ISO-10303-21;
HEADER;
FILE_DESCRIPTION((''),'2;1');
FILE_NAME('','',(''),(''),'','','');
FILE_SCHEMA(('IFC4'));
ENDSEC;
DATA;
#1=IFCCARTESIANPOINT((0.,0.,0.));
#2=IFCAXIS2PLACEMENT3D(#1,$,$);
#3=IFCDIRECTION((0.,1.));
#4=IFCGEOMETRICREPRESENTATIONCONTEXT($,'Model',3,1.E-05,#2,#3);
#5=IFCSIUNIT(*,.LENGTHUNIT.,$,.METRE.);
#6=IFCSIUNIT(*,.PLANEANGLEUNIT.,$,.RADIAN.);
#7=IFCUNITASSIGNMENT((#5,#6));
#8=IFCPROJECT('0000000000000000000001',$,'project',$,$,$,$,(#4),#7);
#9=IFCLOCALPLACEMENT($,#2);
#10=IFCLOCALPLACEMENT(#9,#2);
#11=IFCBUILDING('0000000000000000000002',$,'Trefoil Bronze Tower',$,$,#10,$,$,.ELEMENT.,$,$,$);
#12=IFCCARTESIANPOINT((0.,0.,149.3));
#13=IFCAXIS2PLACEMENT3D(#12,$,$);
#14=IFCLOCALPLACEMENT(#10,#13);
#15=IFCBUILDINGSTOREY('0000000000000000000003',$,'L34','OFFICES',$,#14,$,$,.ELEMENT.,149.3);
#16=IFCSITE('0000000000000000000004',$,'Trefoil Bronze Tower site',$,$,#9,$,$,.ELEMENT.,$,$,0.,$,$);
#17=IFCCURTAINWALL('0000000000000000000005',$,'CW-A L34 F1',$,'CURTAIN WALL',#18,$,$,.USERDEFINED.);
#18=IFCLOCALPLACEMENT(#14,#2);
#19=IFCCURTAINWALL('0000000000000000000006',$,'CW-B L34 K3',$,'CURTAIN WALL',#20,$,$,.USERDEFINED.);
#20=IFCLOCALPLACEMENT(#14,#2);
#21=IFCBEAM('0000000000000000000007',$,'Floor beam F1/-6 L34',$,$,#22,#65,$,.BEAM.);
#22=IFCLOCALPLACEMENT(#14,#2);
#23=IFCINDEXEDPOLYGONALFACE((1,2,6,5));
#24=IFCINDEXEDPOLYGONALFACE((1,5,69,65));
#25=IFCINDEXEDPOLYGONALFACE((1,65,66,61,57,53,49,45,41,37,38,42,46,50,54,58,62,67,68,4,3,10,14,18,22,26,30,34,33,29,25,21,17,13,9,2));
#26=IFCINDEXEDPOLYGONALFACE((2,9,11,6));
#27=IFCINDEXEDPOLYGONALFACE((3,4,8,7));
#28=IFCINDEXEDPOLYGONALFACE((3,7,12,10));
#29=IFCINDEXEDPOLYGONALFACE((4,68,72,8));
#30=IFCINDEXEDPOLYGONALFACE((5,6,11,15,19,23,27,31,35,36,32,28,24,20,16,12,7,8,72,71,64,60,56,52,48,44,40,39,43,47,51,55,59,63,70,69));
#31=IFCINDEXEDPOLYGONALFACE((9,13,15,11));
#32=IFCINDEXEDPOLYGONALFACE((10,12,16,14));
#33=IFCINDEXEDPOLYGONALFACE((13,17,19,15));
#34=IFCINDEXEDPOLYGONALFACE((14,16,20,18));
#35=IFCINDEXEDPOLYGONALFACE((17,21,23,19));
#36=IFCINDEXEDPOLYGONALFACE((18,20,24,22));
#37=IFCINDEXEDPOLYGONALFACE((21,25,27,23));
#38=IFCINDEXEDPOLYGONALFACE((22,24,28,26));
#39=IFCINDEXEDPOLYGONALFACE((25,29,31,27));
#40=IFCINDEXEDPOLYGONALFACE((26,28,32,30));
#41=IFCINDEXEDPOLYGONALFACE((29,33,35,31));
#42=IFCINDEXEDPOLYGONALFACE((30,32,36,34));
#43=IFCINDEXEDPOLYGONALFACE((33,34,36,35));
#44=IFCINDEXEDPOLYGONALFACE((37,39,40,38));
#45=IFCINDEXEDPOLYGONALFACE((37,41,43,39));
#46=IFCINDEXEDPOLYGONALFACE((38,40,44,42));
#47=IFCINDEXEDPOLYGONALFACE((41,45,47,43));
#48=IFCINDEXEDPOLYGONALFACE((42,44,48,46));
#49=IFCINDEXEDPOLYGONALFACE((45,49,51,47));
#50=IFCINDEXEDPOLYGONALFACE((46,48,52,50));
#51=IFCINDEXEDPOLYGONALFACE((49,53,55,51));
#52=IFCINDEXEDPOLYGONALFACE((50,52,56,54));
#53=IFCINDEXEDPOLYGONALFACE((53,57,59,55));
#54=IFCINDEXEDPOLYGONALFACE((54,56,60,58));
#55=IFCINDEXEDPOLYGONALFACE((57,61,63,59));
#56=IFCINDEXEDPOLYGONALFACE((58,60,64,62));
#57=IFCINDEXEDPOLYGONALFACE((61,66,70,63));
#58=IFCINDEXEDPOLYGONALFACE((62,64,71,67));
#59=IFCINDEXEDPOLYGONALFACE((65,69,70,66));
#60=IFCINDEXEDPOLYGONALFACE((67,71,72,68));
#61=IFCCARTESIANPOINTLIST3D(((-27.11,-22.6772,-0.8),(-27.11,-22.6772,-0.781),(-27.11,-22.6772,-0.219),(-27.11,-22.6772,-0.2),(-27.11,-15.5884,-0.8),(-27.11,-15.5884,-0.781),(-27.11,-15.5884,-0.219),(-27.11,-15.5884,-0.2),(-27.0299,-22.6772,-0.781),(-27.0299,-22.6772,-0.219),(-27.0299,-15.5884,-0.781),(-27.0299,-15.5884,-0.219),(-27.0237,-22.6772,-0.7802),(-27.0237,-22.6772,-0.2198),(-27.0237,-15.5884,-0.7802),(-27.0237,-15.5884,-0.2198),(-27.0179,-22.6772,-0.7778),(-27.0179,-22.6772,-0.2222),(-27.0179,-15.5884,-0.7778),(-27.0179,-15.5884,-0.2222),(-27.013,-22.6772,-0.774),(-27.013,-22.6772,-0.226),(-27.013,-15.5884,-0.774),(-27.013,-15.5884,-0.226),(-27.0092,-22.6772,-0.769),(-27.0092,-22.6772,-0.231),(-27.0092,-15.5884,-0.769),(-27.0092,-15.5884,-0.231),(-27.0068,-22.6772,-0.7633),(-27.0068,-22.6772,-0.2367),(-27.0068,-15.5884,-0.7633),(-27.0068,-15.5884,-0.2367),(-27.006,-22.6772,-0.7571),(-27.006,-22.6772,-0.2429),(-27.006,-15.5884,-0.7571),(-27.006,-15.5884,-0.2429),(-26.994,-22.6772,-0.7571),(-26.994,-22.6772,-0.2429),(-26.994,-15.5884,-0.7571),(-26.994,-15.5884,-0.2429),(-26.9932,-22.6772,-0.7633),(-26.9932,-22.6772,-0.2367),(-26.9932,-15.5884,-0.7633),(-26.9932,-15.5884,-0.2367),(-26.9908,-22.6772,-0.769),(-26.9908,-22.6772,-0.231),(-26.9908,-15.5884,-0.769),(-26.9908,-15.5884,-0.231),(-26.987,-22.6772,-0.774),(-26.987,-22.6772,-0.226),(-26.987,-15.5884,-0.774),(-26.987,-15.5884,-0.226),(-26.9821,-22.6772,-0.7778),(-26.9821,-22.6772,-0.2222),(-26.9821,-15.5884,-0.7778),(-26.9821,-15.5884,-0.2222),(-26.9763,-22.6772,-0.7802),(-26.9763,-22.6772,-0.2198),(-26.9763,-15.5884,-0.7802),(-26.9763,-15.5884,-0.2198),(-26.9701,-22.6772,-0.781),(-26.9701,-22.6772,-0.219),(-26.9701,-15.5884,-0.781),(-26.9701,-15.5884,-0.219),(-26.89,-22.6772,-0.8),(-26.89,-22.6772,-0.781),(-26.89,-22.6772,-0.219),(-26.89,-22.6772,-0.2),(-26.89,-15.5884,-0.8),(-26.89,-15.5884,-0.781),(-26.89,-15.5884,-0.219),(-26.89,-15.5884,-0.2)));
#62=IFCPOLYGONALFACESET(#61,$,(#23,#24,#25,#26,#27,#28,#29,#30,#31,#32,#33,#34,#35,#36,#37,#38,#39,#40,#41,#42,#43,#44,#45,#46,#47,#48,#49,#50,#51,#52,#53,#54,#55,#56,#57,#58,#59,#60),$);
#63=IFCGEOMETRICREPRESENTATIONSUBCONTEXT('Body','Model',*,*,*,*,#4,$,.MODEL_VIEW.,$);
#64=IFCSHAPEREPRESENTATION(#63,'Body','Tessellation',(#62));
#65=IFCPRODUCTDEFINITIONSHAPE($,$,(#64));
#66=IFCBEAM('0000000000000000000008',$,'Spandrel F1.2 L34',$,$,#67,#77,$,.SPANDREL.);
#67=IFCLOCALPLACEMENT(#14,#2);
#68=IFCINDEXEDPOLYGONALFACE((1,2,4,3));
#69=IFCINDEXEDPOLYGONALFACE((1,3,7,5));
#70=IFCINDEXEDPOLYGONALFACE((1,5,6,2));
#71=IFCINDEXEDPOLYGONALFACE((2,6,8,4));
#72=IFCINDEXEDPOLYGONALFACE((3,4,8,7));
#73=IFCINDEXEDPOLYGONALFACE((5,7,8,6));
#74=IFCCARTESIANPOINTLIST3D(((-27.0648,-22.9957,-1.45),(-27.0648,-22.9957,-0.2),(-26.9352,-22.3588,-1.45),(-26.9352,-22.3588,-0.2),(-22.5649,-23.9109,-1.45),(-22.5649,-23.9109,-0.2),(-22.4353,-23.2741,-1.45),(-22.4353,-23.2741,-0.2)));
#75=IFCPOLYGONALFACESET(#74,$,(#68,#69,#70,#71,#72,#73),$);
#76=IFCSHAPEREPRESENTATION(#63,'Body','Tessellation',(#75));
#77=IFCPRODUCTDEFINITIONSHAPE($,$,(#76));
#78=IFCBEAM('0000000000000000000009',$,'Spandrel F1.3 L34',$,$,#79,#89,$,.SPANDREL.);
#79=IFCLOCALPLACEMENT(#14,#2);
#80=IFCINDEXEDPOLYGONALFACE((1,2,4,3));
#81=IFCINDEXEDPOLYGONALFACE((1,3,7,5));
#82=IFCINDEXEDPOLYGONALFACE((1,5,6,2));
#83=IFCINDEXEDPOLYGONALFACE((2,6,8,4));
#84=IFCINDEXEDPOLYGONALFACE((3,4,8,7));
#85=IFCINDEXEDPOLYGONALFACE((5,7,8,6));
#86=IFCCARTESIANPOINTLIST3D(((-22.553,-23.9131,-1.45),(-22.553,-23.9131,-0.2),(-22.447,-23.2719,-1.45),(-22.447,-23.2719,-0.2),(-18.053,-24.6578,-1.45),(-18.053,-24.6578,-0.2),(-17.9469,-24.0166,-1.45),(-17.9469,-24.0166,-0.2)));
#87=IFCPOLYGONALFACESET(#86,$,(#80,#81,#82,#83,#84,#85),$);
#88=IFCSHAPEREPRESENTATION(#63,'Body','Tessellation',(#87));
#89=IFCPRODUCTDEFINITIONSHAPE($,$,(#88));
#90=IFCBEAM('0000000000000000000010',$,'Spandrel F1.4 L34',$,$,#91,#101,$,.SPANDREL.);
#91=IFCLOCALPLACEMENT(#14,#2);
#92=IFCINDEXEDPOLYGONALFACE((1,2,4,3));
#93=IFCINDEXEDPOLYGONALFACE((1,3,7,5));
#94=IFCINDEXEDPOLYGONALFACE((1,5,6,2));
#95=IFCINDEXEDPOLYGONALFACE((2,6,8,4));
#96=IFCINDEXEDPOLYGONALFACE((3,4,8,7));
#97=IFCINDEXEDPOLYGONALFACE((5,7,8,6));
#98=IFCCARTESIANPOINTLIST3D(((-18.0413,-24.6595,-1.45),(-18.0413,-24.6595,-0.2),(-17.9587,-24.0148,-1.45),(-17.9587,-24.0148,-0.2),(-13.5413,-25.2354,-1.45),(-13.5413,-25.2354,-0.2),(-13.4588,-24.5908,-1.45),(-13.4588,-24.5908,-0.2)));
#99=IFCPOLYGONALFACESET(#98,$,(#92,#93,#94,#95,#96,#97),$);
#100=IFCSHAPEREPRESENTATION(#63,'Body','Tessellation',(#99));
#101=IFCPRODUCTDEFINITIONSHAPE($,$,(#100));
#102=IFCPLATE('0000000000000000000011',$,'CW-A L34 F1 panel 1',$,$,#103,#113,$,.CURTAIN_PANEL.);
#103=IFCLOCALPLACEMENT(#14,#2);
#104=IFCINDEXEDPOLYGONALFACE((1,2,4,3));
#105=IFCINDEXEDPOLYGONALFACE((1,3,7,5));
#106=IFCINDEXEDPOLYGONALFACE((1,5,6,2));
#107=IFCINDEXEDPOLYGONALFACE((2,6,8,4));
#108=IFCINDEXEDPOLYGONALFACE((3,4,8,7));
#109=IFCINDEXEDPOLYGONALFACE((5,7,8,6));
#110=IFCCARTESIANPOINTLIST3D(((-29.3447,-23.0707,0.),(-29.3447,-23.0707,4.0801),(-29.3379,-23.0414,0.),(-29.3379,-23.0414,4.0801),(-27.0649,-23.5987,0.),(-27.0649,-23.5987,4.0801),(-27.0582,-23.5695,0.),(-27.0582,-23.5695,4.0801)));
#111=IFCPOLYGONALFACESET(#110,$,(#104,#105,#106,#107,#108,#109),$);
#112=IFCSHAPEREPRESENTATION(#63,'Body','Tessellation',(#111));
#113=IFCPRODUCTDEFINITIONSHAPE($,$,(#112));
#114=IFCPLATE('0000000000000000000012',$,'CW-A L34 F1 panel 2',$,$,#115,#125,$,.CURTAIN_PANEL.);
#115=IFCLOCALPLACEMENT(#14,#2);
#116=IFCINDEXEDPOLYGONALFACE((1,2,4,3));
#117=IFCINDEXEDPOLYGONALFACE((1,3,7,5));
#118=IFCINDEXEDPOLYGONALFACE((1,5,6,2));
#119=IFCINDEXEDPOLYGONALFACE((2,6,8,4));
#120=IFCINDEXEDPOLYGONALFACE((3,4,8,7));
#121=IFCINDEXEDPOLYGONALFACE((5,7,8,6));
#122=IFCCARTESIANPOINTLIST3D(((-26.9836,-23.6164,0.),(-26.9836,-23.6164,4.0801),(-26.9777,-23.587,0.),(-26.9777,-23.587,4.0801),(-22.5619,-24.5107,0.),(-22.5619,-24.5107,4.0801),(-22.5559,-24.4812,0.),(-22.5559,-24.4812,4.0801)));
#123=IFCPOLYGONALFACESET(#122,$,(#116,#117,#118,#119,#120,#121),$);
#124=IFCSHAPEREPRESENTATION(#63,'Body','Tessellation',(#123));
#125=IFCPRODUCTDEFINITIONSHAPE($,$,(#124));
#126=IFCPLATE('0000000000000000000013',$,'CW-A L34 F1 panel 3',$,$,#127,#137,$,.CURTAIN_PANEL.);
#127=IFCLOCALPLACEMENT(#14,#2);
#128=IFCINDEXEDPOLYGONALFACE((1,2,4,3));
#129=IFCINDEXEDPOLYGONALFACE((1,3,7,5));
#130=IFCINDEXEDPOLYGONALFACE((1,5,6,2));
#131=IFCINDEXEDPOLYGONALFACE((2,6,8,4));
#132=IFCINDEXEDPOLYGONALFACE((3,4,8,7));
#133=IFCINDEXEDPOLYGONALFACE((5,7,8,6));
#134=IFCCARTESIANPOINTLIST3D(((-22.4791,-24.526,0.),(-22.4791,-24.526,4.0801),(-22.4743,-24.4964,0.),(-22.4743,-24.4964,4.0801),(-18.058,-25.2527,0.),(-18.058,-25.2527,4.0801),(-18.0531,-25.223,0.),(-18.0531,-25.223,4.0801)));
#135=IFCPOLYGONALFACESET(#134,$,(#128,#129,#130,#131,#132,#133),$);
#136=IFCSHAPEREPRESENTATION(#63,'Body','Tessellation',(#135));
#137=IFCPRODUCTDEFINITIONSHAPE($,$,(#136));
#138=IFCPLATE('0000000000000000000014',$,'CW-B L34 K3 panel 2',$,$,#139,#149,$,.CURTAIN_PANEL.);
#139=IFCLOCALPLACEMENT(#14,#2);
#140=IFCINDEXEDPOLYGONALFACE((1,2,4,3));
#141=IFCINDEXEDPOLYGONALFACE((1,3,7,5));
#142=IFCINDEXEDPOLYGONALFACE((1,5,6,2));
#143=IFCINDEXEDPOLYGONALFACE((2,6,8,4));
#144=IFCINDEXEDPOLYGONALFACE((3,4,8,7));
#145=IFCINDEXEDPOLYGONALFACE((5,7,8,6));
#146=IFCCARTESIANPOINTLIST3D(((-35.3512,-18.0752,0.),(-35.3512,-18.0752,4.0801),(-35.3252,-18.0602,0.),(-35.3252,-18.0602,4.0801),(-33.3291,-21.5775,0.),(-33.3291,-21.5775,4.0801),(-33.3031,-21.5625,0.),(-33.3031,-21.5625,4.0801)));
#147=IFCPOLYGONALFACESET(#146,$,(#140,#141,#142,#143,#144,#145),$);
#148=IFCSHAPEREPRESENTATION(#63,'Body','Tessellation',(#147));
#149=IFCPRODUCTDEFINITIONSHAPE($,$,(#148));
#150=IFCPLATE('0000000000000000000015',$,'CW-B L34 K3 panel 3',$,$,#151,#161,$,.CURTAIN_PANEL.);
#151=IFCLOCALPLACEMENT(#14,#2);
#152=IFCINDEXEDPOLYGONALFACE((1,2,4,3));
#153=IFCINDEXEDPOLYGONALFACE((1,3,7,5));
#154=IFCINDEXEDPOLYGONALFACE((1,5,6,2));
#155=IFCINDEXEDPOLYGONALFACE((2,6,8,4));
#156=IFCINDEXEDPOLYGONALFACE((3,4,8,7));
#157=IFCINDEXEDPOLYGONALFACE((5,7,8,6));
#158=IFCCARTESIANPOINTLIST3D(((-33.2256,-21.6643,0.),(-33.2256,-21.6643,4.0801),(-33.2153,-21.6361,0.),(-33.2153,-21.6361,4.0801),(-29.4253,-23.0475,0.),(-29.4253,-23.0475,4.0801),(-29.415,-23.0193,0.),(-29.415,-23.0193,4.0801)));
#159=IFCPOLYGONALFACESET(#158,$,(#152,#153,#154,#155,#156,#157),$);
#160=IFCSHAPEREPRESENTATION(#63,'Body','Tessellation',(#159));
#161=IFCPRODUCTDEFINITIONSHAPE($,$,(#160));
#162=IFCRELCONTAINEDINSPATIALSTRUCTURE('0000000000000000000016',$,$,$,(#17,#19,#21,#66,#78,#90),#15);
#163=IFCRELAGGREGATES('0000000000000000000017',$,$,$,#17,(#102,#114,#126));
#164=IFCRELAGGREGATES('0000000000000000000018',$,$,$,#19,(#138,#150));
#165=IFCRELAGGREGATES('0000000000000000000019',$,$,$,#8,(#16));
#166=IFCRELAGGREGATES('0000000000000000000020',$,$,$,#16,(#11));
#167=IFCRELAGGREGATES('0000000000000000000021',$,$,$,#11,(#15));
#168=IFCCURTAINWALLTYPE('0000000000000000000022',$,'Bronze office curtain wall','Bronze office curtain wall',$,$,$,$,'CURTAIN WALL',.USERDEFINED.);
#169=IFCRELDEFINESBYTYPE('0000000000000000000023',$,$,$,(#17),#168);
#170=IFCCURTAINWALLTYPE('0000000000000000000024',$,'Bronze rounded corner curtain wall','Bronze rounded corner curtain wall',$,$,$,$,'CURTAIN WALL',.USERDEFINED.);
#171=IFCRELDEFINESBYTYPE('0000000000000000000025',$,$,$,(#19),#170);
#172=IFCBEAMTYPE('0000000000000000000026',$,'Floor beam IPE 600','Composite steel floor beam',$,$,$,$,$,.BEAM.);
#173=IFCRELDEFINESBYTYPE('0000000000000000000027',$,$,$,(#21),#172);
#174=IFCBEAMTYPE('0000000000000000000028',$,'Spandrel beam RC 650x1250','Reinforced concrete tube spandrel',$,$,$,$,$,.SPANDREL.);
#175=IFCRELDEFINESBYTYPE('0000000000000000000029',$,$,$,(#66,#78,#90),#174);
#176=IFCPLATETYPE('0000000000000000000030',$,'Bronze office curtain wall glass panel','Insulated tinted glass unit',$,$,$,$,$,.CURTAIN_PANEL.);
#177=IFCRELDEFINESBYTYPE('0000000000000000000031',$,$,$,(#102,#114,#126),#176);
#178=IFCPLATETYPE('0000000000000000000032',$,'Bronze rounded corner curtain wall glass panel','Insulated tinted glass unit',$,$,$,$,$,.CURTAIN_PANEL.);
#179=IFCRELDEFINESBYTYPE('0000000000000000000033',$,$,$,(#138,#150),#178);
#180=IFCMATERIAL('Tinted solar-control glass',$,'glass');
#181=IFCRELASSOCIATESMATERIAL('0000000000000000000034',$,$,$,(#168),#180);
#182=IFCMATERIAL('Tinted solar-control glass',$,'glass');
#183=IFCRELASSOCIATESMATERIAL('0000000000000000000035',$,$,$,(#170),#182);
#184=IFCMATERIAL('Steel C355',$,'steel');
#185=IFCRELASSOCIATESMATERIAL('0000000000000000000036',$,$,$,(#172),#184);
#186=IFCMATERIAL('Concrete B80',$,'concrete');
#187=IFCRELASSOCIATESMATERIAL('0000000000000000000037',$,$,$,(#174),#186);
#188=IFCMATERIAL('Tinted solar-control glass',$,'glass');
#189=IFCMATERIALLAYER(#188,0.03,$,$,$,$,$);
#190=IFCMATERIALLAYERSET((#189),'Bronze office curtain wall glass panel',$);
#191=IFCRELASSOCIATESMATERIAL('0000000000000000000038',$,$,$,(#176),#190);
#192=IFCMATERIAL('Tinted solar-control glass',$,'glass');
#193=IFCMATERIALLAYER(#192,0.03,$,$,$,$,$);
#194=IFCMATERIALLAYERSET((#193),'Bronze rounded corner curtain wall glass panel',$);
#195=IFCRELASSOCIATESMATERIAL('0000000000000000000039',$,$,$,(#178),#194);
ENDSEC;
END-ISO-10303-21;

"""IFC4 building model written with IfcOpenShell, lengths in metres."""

from ifc_helpers import new_model, si_unit, direction, frame, origin, origin_2d, place, context, subcontext, project, spatial, rectangle, i_section, extrude, material, layer, layer_set, material_profile, profile_set, type_object, element, aggregate, save


model = new_model("IFC4")

# Units and contexts
model_context = context("Model", 3, precision=1e-05, world=origin(), true_north=direction((0.0, 1.0)))
body_context = subcontext(model_context, "Body", "Model", "MODEL_VIEW")
ifc_project = project(units=[si_unit("LENGTHUNIT", "METRE"), si_unit("PLANEANGLEUNIT", "RADIAN")], contexts=[model_context])

# Site, building, storey
site_placement = place(None, origin())
site = spatial("IfcSite", under=ifc_project, at=site_placement, Name="Trefoil Bronze Tower site", CompositionType="ELEMENT", RefElevation=0.0)
building_placement = place(site_placement, origin())
building = spatial("IfcBuilding", under=site, at=building_placement, Name="Trefoil Bronze Tower", CompositionType="ELEMENT")
storey_placement = place(building_placement, frame((0.0, 0.0, 149.3)))
storey = spatial("IfcBuildingStorey", under=building, at=storey_placement, Name="L34", Description="OFFICES", CompositionType="ELEMENT", Elevation=149.3)

# Curtain walls
ifc_material_1 = material(Name="Tinted solar-control glass", Category="glass")
curtain_wall_type_1 = type_object("IfcCurtainWallType", Name="Bronze office curtain wall", Description="Bronze office curtain wall", ElementType="CURTAIN WALL", PredefinedType="USERDEFINED", material=ifc_material_1)
curtain_wall_1_placement = place(storey_placement, origin())
curtain_wall_1 = element("IfcCurtainWall", 1, at=curtain_wall_1_placement, inside=storey, type_object=curtain_wall_type_1, Name="CW-A L34 F1", ObjectType="CURTAIN WALL", PredefinedType="USERDEFINED")
ifc_material_2 = material(Name="Tinted solar-control glass", Category="glass")
curtain_wall_type_2 = type_object("IfcCurtainWallType", Name="Bronze rounded corner curtain wall", Description="Bronze rounded corner curtain wall", ElementType="CURTAIN WALL", PredefinedType="USERDEFINED", material=ifc_material_2)
curtain_wall_2_placement = place(storey_placement, origin())
curtain_wall_2 = element("IfcCurtainWall", 2, at=curtain_wall_2_placement, inside=storey, type_object=curtain_wall_type_2, Name="CW-B L34 K3", ObjectType="CURTAIN WALL", PredefinedType="USERDEFINED")

# Beams
ifc_material_3 = material(Name="Steel C355", Category="steel")
ifc_material_profile_1 = material_profile(ifc_material_3, i_section(OverallWidth=0.22, OverallDepth=0.6001, WebThickness=0.012, FlangeThickness=0.019, FilletRadius=0.0239, at=origin_2d()), Name="IPE 600")
ifc_profile_set_1 = profile_set([ifc_material_profile_1], Name="Steel C355")
beam_type_1 = type_object("IfcBeamType", Name="Floor beam IPE 600", Description="Composite steel floor beam", PredefinedType="BEAM", material=ifc_profile_set_1)
beam_1_placement = place(storey_placement, frame((-27.0, -22.6772, -0.5), z_axis=(0.0, 1.0, 0.0), x_axis=(-1.0, 0.0, 0.0)))
element("IfcBeam", 3, at=beam_1_placement, inside=storey, type_object=beam_type_1, Name="Floor beam F1/-6 L34", PredefinedType="BEAM", context=body_context, shape_type="SweptSolid", body=[
    extrude(i_section(OverallWidth=0.22, OverallDepth=0.6001, WebThickness=0.012, FlangeThickness=0.019, FilletRadius=0.0239, at=origin_2d()), origin(), (0.0, 0.0, 1.0), 7.0889),
])
ifc_material_4 = material(Name="Concrete B80", Category="concrete")
ifc_material_profile_2 = material_profile(ifc_material_4, rectangle(XDim=0.6499, YDim=1.25, at=origin_2d()), Name="RC 650x1250")
ifc_profile_set_2 = profile_set([ifc_material_profile_2], Name="Concrete B80")
beam_type_2 = type_object("IfcBeamType", Name="Spandrel beam RC 650x1250", Description="Reinforced concrete tube spandrel", PredefinedType="SPANDREL", material=ifc_profile_set_2)
beam_2_placement = place(storey_placement, frame((-27.0, -22.6772, -0.825), z_axis=(0.979935, -0.199315, 0.0), x_axis=(0.199315, 0.979935, 0.0)))
element("IfcBeam", 4, at=beam_2_placement, inside=storey, type_object=beam_type_2, Name="Spandrel F1.2 L34", PredefinedType="SPANDREL", context=body_context, shape_type="SweptSolid", body=[
    extrude(rectangle(XDim=0.6499, YDim=1.25, at=origin_2d()), origin(), (0.0, 0.0, 1.0), 4.592),
])
beam_3_placement = place(storey_placement, frame((-22.5, -23.5925, -0.825), z_axis=(0.986584, -0.163253, 0.0), x_axis=(0.163253, 0.986584, 0.0)))
element("IfcBeam", 5, at=beam_3_placement, inside=storey, type_object=beam_type_2, Name="Spandrel F1.3 L34", PredefinedType="SPANDREL", context=body_context, shape_type="SweptSolid", body=[
    extrude(rectangle(XDim=0.6499, YDim=1.25, at=origin_2d()), origin(), (0.0, 0.0, 1.0), 4.5613),
])
beam_4_placement = place(storey_placement, frame((-18.0, -24.3372, -0.825), z_axis=(0.991909, -0.126948, 0.0), x_axis=(0.126948, 0.991909, 0.0)))
element("IfcBeam", 6, at=beam_4_placement, inside=storey, type_object=beam_type_2, Name="Spandrel F1.4 L34", PredefinedType="SPANDREL", context=body_context, shape_type="SweptSolid", body=[
    extrude(rectangle(XDim=0.6499, YDim=1.25, at=origin_2d()), origin(), (0.0, 0.0, 1.0), 4.5366),
])

# Plates
ifc_material_5 = material(Name="Tinted solar-control glass", Category="glass")
ifc_layer_1 = layer(ifc_material_5, 0.03)
ifc_layer_set_1 = layer_set([ifc_layer_1], Name="Bronze office curtain wall glass panel")
plate_type_1 = type_object("IfcPlateType", Name="Bronze office curtain wall glass panel", Description="Insulated tinted glass unit", PredefinedType="CURTAIN_PANEL", material=ifc_layer_set_1)
plate_1_placement = place(storey_placement, frame((-28.2014, -23.3201, 0.0), z_axis=(0.0, 0.0, 1.0), x_axis=(0.974204, -0.225667, 0.0)))
plate_1 = element("IfcPlate", 7, at=plate_1_placement, type_object=plate_type_1, Name="CW-A L34 F1 panel 1", PredefinedType="CURTAIN_PANEL", context=body_context, shape_type="SweptSolid", body=[
    extrude(rectangle(XDim=2.3401, YDim=0.03, at=origin_2d()), origin(), (0.0, 0.0, 1.0), 4.0801),
])
plate_2_placement = place(storey_placement, frame((-24.7698, -24.0488, 0.0), z_axis=(0.0, 0.0, 1.0), x_axis=(0.980155, -0.198232, 0.0)))
plate_2 = element("IfcPlate", 8, at=plate_2_placement, type_object=plate_type_1, Name="CW-A L34 F1 panel 2", PredefinedType="CURTAIN_PANEL", context=body_context, shape_type="SweptSolid", body=[
    extrude(rectangle(XDim=4.5112, YDim=0.03, at=origin_2d()), origin(), (0.0, 0.0, 1.0), 4.0801),
])
plate_3_placement = place(storey_placement, frame((-20.2661, -24.8745, 0.0), z_axis=(0.0, 0.0, 1.0), x_axis=(0.98676, -0.162189, 0.0)))
plate_3 = element("IfcPlate", 9, at=plate_3_placement, type_object=plate_type_1, Name="CW-A L34 F1 panel 3", PredefinedType="CURTAIN_PANEL", context=body_context, shape_type="SweptSolid", body=[
    extrude(rectangle(XDim=4.4805, YDim=0.03, at=origin_2d()), origin(), (0.0, 0.0, 1.0), 4.0801),
])
aggregate(curtain_wall_1, [plate_1, plate_2, plate_3])
ifc_material_6 = material(Name="Tinted solar-control glass", Category="glass")
ifc_layer_2 = layer(ifc_material_6, 0.03)
ifc_layer_set_2 = layer_set([ifc_layer_2], Name="Bronze rounded corner curtain wall glass panel")
plate_type_2 = type_object("IfcPlateType", Name="Bronze rounded corner curtain wall glass panel", Description="Insulated tinted glass unit", PredefinedType="CURTAIN_PANEL", material=ifc_layer_set_2)
plate_4_placement = place(storey_placement, frame((-34.3271, -19.8188, 0.0), z_axis=(0.0, 0.0, 1.0), x_axis=(0.5, -0.866025, 0.0)))
plate_4 = element("IfcPlate", 10, at=plate_4_placement, type_object=plate_type_2, Name="CW-B L34 K3 panel 2", PredefinedType="CURTAIN_PANEL", context=body_context, shape_type="SweptSolid", body=[
    extrude(rectangle(XDim=4.0442, YDim=0.03, at=origin_2d()), origin(), (0.0, 0.0, 1.0), 4.0801),
])
plate_5_placement = place(storey_placement, frame((-31.3203, -22.3418, 0.0), z_axis=(0.0, 0.0, 1.0), x_axis=(0.939693, -0.34202, 0.0)))
plate_5 = element("IfcPlate", 11, at=plate_5_placement, type_object=plate_type_2, Name="CW-B L34 K3 panel 3", PredefinedType="CURTAIN_PANEL", context=body_context, shape_type="SweptSolid", body=[
    extrude(rectangle(XDim=4.0442, YDim=0.03, at=origin_2d()), origin(), (0.0, 0.0, 1.0), 4.0801),
])
aggregate(curtain_wall_2, [plate_4, plate_5])

save(model, "model.ifc")
